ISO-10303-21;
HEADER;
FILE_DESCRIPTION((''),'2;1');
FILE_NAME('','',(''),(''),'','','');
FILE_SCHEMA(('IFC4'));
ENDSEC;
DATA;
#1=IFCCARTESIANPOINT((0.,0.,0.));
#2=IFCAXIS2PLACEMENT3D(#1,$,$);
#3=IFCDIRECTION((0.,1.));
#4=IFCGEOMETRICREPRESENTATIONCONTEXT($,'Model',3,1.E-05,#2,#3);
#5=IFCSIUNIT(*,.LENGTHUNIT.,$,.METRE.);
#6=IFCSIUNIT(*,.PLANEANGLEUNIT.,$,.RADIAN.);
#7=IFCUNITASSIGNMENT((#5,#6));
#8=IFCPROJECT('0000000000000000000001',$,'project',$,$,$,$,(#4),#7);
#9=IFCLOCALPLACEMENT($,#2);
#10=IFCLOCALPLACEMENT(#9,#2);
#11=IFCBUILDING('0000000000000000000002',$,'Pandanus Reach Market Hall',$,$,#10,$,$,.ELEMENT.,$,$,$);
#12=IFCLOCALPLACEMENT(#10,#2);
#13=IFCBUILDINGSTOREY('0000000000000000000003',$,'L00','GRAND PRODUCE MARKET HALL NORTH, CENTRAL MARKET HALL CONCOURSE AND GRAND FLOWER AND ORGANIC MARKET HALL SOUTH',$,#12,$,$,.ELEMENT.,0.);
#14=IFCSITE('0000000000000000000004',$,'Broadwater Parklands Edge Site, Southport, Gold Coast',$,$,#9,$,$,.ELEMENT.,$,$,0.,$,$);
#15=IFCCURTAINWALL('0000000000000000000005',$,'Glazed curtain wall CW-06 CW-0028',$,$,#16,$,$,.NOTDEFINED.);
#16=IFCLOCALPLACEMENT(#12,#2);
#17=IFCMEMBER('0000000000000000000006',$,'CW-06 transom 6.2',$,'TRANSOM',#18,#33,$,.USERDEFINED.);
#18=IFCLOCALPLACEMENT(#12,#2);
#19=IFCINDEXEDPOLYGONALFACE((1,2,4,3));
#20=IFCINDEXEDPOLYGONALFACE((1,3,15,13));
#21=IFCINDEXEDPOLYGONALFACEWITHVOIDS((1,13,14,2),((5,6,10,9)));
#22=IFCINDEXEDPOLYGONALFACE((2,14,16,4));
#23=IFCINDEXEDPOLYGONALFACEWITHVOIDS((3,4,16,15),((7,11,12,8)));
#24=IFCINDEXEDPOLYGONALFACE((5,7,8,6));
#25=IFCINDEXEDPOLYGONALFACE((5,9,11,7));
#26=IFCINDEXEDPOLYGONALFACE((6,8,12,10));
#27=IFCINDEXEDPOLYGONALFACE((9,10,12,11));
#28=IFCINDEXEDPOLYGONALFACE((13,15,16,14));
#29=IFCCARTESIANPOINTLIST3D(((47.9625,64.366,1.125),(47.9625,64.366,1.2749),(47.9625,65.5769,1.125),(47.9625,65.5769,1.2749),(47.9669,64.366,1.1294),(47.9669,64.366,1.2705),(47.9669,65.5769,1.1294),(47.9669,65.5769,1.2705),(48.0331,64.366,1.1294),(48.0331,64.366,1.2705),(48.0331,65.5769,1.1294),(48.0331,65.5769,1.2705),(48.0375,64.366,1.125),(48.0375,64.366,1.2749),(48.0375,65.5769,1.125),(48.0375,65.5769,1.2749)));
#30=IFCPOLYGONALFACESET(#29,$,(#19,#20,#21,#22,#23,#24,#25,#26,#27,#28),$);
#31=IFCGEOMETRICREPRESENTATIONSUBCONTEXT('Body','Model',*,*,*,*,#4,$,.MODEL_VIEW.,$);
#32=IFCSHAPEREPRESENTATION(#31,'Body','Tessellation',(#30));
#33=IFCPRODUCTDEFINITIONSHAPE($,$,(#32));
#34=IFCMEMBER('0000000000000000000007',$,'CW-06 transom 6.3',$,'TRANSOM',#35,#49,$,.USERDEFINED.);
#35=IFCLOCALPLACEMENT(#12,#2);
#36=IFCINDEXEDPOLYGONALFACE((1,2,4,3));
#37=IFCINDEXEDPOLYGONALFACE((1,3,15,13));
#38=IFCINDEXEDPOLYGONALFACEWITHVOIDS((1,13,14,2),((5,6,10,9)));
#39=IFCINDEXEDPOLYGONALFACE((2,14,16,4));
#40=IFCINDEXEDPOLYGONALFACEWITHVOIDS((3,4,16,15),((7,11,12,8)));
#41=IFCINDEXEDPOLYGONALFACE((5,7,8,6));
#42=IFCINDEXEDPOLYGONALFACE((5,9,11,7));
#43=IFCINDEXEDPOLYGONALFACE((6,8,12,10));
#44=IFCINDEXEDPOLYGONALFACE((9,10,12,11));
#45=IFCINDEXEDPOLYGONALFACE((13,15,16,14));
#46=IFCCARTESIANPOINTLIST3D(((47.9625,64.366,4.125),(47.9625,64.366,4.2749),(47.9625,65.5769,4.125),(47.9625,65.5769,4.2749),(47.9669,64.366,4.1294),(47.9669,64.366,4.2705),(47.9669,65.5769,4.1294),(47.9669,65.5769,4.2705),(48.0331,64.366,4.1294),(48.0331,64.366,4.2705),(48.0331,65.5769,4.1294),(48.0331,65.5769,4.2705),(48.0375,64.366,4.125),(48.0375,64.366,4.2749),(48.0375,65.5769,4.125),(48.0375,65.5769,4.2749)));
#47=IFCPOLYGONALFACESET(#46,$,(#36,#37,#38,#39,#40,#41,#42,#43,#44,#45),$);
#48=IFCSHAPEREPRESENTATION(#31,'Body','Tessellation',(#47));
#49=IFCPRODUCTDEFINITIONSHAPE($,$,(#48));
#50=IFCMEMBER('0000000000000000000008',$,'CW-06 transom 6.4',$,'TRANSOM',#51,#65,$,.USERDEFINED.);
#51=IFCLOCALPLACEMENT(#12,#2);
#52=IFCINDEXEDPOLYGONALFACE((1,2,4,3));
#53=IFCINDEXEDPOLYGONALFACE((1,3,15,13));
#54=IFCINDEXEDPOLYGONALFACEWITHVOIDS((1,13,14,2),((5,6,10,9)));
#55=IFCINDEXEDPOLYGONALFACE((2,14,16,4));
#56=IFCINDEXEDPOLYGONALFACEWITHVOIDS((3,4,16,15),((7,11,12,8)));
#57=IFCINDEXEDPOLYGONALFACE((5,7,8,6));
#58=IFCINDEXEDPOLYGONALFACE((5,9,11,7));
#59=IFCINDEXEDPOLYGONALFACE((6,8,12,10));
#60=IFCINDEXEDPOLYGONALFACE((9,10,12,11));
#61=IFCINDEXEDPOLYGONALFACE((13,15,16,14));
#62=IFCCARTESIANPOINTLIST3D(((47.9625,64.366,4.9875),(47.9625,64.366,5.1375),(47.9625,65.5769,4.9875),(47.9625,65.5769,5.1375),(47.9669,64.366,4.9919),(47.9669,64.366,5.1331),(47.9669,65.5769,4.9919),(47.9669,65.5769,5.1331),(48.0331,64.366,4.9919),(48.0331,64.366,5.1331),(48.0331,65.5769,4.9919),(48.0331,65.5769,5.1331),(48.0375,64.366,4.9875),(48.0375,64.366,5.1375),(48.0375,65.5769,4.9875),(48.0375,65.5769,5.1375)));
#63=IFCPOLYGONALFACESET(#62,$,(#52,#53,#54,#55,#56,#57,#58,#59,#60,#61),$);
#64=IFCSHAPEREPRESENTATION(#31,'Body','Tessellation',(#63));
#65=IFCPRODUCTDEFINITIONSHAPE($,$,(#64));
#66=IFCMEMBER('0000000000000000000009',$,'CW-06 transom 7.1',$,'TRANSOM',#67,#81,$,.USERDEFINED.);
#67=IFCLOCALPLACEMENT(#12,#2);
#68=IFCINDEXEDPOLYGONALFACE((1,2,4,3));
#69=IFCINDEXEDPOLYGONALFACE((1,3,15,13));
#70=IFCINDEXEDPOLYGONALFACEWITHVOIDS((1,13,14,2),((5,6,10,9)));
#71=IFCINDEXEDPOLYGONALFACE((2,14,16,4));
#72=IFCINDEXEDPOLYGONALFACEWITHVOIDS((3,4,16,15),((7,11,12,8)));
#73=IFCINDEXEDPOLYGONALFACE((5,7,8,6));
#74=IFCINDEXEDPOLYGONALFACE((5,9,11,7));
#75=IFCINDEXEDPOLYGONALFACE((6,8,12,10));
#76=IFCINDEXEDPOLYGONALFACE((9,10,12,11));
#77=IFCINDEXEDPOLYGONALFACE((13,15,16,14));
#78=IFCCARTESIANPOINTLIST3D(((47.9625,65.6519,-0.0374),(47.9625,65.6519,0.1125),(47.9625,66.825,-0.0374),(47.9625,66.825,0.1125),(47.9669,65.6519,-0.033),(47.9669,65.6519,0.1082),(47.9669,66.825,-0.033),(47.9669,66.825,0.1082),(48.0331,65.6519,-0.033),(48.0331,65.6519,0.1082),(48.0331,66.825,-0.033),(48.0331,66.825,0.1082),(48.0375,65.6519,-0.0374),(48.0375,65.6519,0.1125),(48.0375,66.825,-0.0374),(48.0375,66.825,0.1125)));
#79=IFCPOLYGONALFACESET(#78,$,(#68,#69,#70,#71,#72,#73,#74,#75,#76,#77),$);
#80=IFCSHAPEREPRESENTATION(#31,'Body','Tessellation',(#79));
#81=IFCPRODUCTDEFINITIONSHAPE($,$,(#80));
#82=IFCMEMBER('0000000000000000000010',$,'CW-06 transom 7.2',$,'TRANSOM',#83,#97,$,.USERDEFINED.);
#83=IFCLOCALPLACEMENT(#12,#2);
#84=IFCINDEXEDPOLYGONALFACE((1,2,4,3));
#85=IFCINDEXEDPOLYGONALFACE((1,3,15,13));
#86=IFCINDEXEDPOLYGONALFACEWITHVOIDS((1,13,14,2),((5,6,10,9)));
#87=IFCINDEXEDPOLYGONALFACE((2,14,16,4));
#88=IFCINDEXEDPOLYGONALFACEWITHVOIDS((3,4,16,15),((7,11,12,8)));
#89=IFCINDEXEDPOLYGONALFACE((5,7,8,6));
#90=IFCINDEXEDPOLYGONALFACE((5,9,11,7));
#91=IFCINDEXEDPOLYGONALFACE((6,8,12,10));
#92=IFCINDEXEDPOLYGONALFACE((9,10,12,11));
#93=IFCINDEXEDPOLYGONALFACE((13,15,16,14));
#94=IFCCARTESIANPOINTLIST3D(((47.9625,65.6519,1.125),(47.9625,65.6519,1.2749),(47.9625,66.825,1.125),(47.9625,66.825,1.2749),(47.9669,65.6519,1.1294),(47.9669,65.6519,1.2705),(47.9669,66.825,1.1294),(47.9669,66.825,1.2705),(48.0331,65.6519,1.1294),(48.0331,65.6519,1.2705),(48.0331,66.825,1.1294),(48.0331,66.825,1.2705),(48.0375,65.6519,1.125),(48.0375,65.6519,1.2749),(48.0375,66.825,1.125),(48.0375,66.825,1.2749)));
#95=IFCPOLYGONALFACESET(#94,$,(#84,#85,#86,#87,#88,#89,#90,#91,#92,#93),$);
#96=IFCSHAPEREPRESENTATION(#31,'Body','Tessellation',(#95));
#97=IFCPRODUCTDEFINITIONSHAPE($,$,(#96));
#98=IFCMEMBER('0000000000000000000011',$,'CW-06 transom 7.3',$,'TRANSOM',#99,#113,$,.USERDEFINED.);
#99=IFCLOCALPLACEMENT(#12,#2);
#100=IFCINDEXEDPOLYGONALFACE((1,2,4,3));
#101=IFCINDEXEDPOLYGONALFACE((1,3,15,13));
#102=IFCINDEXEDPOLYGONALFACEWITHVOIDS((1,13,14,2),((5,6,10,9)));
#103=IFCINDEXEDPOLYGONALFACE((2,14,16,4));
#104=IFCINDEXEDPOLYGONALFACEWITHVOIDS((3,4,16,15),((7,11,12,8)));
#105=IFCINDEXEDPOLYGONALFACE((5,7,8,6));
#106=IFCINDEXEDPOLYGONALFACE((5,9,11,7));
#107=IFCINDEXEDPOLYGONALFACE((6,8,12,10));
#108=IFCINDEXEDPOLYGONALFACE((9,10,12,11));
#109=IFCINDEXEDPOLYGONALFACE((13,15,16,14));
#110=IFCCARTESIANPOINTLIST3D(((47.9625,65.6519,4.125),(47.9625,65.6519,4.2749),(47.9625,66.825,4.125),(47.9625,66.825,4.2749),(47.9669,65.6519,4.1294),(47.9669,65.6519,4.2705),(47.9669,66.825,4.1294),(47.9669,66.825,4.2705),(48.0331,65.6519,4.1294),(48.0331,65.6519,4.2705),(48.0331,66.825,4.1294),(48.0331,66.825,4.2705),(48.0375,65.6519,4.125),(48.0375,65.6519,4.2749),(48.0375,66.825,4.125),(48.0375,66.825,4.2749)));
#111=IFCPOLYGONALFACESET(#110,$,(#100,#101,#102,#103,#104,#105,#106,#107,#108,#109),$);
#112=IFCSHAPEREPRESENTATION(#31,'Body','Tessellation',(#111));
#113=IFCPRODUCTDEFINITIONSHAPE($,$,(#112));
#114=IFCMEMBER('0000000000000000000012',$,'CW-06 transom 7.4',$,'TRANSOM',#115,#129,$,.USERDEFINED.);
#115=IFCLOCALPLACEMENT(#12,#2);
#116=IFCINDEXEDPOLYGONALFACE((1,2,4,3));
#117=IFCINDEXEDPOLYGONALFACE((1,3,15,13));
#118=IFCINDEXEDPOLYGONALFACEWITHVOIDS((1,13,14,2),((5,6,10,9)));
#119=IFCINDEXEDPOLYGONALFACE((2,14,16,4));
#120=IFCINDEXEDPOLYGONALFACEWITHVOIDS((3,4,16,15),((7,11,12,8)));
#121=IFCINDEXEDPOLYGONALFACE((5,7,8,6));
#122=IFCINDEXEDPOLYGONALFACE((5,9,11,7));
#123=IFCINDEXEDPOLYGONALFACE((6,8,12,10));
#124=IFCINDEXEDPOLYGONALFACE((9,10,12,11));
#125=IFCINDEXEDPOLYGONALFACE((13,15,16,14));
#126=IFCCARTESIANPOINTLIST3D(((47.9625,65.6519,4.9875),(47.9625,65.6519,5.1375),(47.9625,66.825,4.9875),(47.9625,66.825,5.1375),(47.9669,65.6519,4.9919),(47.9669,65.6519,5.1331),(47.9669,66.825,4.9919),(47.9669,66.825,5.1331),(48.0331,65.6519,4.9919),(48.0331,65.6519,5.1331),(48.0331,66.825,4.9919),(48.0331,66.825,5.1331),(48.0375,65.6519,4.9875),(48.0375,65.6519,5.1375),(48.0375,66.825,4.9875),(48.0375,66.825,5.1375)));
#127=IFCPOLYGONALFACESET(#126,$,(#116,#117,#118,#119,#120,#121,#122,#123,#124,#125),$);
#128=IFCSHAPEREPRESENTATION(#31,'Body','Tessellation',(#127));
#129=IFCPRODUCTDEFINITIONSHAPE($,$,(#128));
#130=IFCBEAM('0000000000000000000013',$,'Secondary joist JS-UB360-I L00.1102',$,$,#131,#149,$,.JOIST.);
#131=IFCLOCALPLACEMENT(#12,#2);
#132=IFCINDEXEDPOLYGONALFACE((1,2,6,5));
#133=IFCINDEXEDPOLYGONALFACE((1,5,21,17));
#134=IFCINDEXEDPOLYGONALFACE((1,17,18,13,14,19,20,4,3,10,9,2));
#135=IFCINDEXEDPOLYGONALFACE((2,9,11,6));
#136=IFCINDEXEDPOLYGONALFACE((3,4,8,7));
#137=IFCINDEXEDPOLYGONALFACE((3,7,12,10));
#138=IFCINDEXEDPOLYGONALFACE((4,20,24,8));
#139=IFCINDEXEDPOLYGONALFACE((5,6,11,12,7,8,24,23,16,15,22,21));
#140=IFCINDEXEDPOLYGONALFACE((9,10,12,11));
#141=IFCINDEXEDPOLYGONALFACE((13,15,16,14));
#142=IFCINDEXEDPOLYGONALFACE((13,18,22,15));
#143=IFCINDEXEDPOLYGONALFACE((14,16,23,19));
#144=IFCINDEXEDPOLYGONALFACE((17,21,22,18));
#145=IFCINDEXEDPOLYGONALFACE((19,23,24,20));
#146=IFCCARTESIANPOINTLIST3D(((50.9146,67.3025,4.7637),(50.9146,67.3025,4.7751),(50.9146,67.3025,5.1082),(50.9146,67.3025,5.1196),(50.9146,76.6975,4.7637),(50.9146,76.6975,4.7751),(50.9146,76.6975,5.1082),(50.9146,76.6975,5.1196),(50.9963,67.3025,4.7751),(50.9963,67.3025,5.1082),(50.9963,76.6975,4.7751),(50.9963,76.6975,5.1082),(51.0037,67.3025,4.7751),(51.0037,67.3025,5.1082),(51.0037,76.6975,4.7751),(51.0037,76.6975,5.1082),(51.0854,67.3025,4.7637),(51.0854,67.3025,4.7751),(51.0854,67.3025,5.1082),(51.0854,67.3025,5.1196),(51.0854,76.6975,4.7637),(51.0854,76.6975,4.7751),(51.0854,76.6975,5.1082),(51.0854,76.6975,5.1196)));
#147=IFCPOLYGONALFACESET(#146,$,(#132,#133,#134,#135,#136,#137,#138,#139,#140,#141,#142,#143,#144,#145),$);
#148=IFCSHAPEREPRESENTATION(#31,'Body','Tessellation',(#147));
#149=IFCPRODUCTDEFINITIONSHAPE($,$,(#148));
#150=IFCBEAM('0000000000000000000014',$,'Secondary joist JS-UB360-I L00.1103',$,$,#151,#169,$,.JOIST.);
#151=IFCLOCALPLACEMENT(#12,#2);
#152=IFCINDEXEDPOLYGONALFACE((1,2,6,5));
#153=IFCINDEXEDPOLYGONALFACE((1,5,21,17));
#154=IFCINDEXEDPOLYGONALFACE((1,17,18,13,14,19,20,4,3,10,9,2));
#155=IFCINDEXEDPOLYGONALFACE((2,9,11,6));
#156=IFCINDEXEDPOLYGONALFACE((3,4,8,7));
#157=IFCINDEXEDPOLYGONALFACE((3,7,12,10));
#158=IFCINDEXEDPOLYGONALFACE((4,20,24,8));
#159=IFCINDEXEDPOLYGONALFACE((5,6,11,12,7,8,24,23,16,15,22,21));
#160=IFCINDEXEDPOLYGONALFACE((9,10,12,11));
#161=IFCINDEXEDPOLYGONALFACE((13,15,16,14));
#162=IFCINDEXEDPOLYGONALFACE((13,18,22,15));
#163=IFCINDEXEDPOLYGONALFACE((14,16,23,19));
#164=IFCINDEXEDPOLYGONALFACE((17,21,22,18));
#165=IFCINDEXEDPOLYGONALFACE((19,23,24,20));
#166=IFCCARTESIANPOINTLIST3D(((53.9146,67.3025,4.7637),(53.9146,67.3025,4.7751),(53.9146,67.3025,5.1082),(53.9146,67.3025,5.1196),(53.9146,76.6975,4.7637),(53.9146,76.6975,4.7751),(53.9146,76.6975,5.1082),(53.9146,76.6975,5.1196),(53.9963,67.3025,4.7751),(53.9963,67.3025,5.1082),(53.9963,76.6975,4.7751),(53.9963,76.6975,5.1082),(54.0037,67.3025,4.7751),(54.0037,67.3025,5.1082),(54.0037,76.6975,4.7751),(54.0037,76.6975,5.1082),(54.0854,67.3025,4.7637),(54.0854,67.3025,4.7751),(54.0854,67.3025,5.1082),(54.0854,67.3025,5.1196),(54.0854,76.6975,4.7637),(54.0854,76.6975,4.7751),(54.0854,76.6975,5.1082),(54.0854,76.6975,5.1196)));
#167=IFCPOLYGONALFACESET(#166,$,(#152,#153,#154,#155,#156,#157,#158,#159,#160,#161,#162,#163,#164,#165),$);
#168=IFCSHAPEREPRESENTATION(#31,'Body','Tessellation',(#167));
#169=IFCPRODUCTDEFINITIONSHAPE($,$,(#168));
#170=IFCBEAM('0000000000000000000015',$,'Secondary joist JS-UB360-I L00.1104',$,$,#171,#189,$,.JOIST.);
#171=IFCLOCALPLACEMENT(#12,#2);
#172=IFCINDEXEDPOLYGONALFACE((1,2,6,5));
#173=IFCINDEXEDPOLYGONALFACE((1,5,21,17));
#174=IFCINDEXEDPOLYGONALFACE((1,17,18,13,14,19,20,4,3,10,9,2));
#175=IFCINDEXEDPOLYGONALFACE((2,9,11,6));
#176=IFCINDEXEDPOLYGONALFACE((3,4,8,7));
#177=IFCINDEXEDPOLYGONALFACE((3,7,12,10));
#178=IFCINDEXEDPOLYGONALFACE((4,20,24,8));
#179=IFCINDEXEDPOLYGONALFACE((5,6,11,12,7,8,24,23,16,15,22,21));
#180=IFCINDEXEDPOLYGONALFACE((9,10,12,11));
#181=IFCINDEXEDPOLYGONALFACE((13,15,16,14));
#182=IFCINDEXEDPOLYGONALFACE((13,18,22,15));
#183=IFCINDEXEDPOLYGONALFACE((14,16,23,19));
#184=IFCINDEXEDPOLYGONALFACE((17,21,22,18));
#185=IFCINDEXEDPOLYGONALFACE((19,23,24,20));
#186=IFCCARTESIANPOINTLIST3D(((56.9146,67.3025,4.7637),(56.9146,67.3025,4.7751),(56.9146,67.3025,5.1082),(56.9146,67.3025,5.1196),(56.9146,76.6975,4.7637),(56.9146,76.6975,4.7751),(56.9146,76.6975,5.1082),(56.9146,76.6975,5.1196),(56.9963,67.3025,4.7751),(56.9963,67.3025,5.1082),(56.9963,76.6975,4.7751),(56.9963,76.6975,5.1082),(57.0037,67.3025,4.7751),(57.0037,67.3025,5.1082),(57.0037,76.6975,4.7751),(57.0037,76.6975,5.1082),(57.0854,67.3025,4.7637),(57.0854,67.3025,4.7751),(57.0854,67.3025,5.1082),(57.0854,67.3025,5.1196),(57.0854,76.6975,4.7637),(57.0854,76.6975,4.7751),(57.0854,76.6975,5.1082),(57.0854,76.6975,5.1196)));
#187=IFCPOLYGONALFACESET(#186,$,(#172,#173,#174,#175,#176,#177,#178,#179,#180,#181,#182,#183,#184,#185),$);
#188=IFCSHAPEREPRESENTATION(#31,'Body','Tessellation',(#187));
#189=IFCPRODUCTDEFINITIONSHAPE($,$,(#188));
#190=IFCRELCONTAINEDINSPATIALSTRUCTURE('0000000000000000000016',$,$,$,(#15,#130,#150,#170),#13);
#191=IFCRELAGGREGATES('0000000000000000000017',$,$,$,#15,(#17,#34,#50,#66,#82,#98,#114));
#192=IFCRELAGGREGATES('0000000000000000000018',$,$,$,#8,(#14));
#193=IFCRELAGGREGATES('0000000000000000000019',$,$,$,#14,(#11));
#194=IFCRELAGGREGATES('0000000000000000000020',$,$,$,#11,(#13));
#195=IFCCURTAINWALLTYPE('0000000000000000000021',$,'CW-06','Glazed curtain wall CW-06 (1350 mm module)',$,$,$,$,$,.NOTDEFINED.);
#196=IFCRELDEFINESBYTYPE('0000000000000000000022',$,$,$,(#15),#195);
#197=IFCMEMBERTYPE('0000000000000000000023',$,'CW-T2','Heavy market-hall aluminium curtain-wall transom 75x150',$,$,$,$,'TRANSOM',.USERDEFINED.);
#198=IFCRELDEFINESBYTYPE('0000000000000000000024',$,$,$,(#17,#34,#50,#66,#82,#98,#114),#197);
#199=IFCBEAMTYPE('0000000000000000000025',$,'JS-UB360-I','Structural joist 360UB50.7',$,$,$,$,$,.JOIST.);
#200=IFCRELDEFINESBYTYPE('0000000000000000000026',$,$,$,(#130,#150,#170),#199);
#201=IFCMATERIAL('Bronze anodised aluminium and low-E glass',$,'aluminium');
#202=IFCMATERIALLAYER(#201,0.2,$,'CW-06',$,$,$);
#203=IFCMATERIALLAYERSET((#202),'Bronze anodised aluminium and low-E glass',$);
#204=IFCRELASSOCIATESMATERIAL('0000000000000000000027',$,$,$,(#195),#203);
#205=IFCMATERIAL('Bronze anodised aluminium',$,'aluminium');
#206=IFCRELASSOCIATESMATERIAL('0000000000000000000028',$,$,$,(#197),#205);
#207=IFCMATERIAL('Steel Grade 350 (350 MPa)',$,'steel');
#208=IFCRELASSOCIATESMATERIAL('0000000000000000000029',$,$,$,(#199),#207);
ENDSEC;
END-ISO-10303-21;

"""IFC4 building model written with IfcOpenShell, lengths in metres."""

from ifc_helpers import new_model, si_unit, direction, frame, origin, origin_2d, place, context, subcontext, project, spatial, hollow_rectangle, i_section, extrude, material, layer, layer_set, material_profile, profile_set, type_object, element, aggregate, save


model = new_model("IFC4")

# Units and contexts
model_context = context("Model", 3, precision=1e-05, world=origin(), true_north=direction((0.0, 1.0)))
body_context = subcontext(model_context, "Body", "Model", "MODEL_VIEW")
ifc_project = project(units=[si_unit("LENGTHUNIT", "METRE"), si_unit("PLANEANGLEUNIT", "RADIAN")], contexts=[model_context])

# Site, building, storey
site_placement = place(None, origin())
site = spatial("IfcSite", under=ifc_project, at=site_placement, Name="Broadwater Parklands Edge Site, Southport, Gold Coast", CompositionType="ELEMENT", RefElevation=0.0)
building_placement = place(site_placement, origin())
building = spatial("IfcBuilding", under=site, at=building_placement, Name="Pandanus Reach Market Hall", CompositionType="ELEMENT")
storey_placement = place(building_placement, origin())
storey = spatial("IfcBuildingStorey", under=building, at=storey_placement, Name="L00", Description="GRAND PRODUCE MARKET HALL NORTH, CENTRAL MARKET HALL CONCOURSE AND GRAND FLOWER AND ORGANIC MARKET HALL SOUTH", CompositionType="ELEMENT", Elevation=0.0)

# Shared definitions
ifc_material_1 = material(Name="Steel Grade 350 (350 MPa)", Category="steel")

# Curtain wall, members
ifc_material_2 = material(Name="Bronze anodised aluminium and low-E glass", Category="aluminium")
ifc_layer_1 = layer(ifc_material_2, 0.2, Name="CW-06")
ifc_layer_set_1 = layer_set([ifc_layer_1], Name="Bronze anodised aluminium and low-E glass")
curtain_wall_type = type_object("IfcCurtainWallType", Name="CW-06", Description="Glazed curtain wall CW-06 (1350 mm module)", PredefinedType="NOTDEFINED", material=ifc_layer_set_1)
curtain_wall_placement = place(storey_placement, origin())
curtain_wall = element("IfcCurtainWall", 1, at=curtain_wall_placement, inside=storey, type_object=curtain_wall_type, Name="Glazed curtain wall CW-06 CW-0028", PredefinedType="NOTDEFINED")
ifc_material_3 = material(Name="Bronze anodised aluminium", Category="aluminium")
ifc_material_profile_1 = material_profile(ifc_material_3, hollow_rectangle(XDim=0.075, YDim=0.1499, WallThickness=0.0044, at=origin_2d()), Name="ALU75x150", Category="LoadBearing")
ifc_profile_set_1 = profile_set([ifc_material_profile_1], Name="Bronze anodised aluminium")
member_type_1 = type_object("IfcMemberType", Name="CW-T2", Description="Heavy market-hall aluminium curtain-wall transom 75x150", ElementType="TRANSOM", PredefinedType="USERDEFINED", material=ifc_profile_set_1)
member_1_placement = place(storey_placement, frame((48.0, 64.366, 1.2), z_axis=(0.0, 1.0, 0.0), x_axis=(-1.0, 0.0, 0.0)))
member_1 = element("IfcMember", 2, at=member_1_placement, type_object=member_type_1, Name="CW-06 transom 6.2", ObjectType="TRANSOM", PredefinedType="USERDEFINED", context=body_context, shape_type="SweptSolid", body=[
    extrude(hollow_rectangle(XDim=0.075, YDim=0.1499, WallThickness=0.0044, at=origin_2d()), origin(), (0.0, 0.0, 1.0), 1.2109),
])
member_2_placement = place(storey_placement, frame((48.0, 64.366, 4.2), z_axis=(0.0, 1.0, 0.0), x_axis=(-1.0, 0.0, 0.0)))
member_2 = element("IfcMember", 3, at=member_2_placement, type_object=member_type_1, Name="CW-06 transom 6.3", ObjectType="TRANSOM", PredefinedType="USERDEFINED", context=body_context, shape_type="SweptSolid", body=[
    extrude(hollow_rectangle(XDim=0.075, YDim=0.1499, WallThickness=0.0044, at=origin_2d()), origin(), (0.0, 0.0, 1.0), 1.2109),
])
member_3_placement = place(storey_placement, frame((48.0, 64.366, 5.0625), z_axis=(0.0, 1.0, 0.0), x_axis=(-1.0, 0.0, 0.0)))
member_3 = element("IfcMember", 4, at=member_3_placement, type_object=member_type_1, Name="CW-06 transom 6.4", ObjectType="TRANSOM", PredefinedType="USERDEFINED", context=body_context, shape_type="SweptSolid", body=[
    extrude(hollow_rectangle(XDim=0.075, YDim=0.1499, WallThickness=0.0044, at=origin_2d()), origin(), (0.0, 0.0, 1.0), 1.2109),
])
member_4_placement = place(storey_placement, frame((48.0, 65.6519, 0.0376), z_axis=(0.0, 1.0, 0.0), x_axis=(-1.0, 0.0, 0.0)))
member_4 = element("IfcMember", 5, at=member_4_placement, type_object=member_type_1, Name="CW-06 transom 7.1", ObjectType="TRANSOM", PredefinedType="USERDEFINED", context=body_context, shape_type="SweptSolid", body=[
    extrude(hollow_rectangle(XDim=0.075, YDim=0.1499, WallThickness=0.0044, at=origin_2d()), origin(), (0.0, 0.0, 1.0), 1.1731),
])
member_5_placement = place(storey_placement, frame((48.0, 65.6519, 1.2), z_axis=(0.0, 1.0, 0.0), x_axis=(-1.0, 0.0, 0.0)))
member_5 = element("IfcMember", 6, at=member_5_placement, type_object=member_type_1, Name="CW-06 transom 7.2", ObjectType="TRANSOM", PredefinedType="USERDEFINED", context=body_context, shape_type="SweptSolid", body=[
    extrude(hollow_rectangle(XDim=0.075, YDim=0.1499, WallThickness=0.0044, at=origin_2d()), origin(), (0.0, 0.0, 1.0), 1.1731),
])
member_6_placement = place(storey_placement, frame((48.0, 65.6519, 4.2), z_axis=(0.0, 1.0, 0.0), x_axis=(-1.0, 0.0, 0.0)))
member_6 = element("IfcMember", 7, at=member_6_placement, type_object=member_type_1, Name="CW-06 transom 7.3", ObjectType="TRANSOM", PredefinedType="USERDEFINED", context=body_context, shape_type="SweptSolid", body=[
    extrude(hollow_rectangle(XDim=0.075, YDim=0.1499, WallThickness=0.0044, at=origin_2d()), origin(), (0.0, 0.0, 1.0), 1.1731),
])
member_7_placement = place(storey_placement, frame((48.0, 65.6519, 5.0625), z_axis=(0.0, 1.0, 0.0), x_axis=(-1.0, 0.0, 0.0)))
member_7 = element("IfcMember", 8, at=member_7_placement, type_object=member_type_1, Name="CW-06 transom 7.4", ObjectType="TRANSOM", PredefinedType="USERDEFINED", context=body_context, shape_type="SweptSolid", body=[
    extrude(hollow_rectangle(XDim=0.075, YDim=0.1499, WallThickness=0.0044, at=origin_2d()), origin(), (0.0, 0.0, 1.0), 1.1731),
])

# Beams
ifc_material_profile_2 = material_profile(ifc_material_1, i_section(OverallWidth=0.1709, OverallDepth=0.356, WebThickness=0.0073, FlangeThickness=0.0115, at=origin_2d()), Name="360UB50.7", Category="LoadBearing")
ifc_profile_set_2 = profile_set([ifc_material_profile_2], Name="Steel Grade 350 (350 MPa)")
beam_type_1 = type_object("IfcBeamType", Name="JS-UB360-I", Description="Structural joist 360UB50.7", PredefinedType="JOIST", material=ifc_profile_set_2)
for number, where, z_axis, x_axis, name in (
    (9, (51.0, 67.3025, 4.9417), (0.0, 1.0, 0.0), (-1.0, 0.0, 0.0), "Secondary joist JS-UB360-I L00.1102"),
    (10, (54.0, 67.3025, 4.9417), (0.0, 1.0, 0.0), (-1.0, 0.0, 0.0), "Secondary joist JS-UB360-I L00.1103"),
    (11, (57.0, 67.3025, 4.9417), (0.0, 1.0, 0.0), (-1.0, 0.0, 0.0), "Secondary joist JS-UB360-I L00.1104"),
):
    element("IfcBeam", number, at=place(storey_placement, frame(where, z_axis=z_axis, x_axis=x_axis)), inside=storey, type_object=beam_type_1, Name=name, PredefinedType="JOIST", context=body_context, shape_type="SweptSolid", body=[
        extrude(i_section(OverallWidth=0.1709, OverallDepth=0.356, WebThickness=0.0073, FlangeThickness=0.0115, at=origin_2d()), origin(), (0.0, 0.0, 1.0), 9.395),
    ])

aggregate(curtain_wall, [member_1, member_2, member_3, member_4, member_5, member_6, member_7])

save(model, "model.ifc")
